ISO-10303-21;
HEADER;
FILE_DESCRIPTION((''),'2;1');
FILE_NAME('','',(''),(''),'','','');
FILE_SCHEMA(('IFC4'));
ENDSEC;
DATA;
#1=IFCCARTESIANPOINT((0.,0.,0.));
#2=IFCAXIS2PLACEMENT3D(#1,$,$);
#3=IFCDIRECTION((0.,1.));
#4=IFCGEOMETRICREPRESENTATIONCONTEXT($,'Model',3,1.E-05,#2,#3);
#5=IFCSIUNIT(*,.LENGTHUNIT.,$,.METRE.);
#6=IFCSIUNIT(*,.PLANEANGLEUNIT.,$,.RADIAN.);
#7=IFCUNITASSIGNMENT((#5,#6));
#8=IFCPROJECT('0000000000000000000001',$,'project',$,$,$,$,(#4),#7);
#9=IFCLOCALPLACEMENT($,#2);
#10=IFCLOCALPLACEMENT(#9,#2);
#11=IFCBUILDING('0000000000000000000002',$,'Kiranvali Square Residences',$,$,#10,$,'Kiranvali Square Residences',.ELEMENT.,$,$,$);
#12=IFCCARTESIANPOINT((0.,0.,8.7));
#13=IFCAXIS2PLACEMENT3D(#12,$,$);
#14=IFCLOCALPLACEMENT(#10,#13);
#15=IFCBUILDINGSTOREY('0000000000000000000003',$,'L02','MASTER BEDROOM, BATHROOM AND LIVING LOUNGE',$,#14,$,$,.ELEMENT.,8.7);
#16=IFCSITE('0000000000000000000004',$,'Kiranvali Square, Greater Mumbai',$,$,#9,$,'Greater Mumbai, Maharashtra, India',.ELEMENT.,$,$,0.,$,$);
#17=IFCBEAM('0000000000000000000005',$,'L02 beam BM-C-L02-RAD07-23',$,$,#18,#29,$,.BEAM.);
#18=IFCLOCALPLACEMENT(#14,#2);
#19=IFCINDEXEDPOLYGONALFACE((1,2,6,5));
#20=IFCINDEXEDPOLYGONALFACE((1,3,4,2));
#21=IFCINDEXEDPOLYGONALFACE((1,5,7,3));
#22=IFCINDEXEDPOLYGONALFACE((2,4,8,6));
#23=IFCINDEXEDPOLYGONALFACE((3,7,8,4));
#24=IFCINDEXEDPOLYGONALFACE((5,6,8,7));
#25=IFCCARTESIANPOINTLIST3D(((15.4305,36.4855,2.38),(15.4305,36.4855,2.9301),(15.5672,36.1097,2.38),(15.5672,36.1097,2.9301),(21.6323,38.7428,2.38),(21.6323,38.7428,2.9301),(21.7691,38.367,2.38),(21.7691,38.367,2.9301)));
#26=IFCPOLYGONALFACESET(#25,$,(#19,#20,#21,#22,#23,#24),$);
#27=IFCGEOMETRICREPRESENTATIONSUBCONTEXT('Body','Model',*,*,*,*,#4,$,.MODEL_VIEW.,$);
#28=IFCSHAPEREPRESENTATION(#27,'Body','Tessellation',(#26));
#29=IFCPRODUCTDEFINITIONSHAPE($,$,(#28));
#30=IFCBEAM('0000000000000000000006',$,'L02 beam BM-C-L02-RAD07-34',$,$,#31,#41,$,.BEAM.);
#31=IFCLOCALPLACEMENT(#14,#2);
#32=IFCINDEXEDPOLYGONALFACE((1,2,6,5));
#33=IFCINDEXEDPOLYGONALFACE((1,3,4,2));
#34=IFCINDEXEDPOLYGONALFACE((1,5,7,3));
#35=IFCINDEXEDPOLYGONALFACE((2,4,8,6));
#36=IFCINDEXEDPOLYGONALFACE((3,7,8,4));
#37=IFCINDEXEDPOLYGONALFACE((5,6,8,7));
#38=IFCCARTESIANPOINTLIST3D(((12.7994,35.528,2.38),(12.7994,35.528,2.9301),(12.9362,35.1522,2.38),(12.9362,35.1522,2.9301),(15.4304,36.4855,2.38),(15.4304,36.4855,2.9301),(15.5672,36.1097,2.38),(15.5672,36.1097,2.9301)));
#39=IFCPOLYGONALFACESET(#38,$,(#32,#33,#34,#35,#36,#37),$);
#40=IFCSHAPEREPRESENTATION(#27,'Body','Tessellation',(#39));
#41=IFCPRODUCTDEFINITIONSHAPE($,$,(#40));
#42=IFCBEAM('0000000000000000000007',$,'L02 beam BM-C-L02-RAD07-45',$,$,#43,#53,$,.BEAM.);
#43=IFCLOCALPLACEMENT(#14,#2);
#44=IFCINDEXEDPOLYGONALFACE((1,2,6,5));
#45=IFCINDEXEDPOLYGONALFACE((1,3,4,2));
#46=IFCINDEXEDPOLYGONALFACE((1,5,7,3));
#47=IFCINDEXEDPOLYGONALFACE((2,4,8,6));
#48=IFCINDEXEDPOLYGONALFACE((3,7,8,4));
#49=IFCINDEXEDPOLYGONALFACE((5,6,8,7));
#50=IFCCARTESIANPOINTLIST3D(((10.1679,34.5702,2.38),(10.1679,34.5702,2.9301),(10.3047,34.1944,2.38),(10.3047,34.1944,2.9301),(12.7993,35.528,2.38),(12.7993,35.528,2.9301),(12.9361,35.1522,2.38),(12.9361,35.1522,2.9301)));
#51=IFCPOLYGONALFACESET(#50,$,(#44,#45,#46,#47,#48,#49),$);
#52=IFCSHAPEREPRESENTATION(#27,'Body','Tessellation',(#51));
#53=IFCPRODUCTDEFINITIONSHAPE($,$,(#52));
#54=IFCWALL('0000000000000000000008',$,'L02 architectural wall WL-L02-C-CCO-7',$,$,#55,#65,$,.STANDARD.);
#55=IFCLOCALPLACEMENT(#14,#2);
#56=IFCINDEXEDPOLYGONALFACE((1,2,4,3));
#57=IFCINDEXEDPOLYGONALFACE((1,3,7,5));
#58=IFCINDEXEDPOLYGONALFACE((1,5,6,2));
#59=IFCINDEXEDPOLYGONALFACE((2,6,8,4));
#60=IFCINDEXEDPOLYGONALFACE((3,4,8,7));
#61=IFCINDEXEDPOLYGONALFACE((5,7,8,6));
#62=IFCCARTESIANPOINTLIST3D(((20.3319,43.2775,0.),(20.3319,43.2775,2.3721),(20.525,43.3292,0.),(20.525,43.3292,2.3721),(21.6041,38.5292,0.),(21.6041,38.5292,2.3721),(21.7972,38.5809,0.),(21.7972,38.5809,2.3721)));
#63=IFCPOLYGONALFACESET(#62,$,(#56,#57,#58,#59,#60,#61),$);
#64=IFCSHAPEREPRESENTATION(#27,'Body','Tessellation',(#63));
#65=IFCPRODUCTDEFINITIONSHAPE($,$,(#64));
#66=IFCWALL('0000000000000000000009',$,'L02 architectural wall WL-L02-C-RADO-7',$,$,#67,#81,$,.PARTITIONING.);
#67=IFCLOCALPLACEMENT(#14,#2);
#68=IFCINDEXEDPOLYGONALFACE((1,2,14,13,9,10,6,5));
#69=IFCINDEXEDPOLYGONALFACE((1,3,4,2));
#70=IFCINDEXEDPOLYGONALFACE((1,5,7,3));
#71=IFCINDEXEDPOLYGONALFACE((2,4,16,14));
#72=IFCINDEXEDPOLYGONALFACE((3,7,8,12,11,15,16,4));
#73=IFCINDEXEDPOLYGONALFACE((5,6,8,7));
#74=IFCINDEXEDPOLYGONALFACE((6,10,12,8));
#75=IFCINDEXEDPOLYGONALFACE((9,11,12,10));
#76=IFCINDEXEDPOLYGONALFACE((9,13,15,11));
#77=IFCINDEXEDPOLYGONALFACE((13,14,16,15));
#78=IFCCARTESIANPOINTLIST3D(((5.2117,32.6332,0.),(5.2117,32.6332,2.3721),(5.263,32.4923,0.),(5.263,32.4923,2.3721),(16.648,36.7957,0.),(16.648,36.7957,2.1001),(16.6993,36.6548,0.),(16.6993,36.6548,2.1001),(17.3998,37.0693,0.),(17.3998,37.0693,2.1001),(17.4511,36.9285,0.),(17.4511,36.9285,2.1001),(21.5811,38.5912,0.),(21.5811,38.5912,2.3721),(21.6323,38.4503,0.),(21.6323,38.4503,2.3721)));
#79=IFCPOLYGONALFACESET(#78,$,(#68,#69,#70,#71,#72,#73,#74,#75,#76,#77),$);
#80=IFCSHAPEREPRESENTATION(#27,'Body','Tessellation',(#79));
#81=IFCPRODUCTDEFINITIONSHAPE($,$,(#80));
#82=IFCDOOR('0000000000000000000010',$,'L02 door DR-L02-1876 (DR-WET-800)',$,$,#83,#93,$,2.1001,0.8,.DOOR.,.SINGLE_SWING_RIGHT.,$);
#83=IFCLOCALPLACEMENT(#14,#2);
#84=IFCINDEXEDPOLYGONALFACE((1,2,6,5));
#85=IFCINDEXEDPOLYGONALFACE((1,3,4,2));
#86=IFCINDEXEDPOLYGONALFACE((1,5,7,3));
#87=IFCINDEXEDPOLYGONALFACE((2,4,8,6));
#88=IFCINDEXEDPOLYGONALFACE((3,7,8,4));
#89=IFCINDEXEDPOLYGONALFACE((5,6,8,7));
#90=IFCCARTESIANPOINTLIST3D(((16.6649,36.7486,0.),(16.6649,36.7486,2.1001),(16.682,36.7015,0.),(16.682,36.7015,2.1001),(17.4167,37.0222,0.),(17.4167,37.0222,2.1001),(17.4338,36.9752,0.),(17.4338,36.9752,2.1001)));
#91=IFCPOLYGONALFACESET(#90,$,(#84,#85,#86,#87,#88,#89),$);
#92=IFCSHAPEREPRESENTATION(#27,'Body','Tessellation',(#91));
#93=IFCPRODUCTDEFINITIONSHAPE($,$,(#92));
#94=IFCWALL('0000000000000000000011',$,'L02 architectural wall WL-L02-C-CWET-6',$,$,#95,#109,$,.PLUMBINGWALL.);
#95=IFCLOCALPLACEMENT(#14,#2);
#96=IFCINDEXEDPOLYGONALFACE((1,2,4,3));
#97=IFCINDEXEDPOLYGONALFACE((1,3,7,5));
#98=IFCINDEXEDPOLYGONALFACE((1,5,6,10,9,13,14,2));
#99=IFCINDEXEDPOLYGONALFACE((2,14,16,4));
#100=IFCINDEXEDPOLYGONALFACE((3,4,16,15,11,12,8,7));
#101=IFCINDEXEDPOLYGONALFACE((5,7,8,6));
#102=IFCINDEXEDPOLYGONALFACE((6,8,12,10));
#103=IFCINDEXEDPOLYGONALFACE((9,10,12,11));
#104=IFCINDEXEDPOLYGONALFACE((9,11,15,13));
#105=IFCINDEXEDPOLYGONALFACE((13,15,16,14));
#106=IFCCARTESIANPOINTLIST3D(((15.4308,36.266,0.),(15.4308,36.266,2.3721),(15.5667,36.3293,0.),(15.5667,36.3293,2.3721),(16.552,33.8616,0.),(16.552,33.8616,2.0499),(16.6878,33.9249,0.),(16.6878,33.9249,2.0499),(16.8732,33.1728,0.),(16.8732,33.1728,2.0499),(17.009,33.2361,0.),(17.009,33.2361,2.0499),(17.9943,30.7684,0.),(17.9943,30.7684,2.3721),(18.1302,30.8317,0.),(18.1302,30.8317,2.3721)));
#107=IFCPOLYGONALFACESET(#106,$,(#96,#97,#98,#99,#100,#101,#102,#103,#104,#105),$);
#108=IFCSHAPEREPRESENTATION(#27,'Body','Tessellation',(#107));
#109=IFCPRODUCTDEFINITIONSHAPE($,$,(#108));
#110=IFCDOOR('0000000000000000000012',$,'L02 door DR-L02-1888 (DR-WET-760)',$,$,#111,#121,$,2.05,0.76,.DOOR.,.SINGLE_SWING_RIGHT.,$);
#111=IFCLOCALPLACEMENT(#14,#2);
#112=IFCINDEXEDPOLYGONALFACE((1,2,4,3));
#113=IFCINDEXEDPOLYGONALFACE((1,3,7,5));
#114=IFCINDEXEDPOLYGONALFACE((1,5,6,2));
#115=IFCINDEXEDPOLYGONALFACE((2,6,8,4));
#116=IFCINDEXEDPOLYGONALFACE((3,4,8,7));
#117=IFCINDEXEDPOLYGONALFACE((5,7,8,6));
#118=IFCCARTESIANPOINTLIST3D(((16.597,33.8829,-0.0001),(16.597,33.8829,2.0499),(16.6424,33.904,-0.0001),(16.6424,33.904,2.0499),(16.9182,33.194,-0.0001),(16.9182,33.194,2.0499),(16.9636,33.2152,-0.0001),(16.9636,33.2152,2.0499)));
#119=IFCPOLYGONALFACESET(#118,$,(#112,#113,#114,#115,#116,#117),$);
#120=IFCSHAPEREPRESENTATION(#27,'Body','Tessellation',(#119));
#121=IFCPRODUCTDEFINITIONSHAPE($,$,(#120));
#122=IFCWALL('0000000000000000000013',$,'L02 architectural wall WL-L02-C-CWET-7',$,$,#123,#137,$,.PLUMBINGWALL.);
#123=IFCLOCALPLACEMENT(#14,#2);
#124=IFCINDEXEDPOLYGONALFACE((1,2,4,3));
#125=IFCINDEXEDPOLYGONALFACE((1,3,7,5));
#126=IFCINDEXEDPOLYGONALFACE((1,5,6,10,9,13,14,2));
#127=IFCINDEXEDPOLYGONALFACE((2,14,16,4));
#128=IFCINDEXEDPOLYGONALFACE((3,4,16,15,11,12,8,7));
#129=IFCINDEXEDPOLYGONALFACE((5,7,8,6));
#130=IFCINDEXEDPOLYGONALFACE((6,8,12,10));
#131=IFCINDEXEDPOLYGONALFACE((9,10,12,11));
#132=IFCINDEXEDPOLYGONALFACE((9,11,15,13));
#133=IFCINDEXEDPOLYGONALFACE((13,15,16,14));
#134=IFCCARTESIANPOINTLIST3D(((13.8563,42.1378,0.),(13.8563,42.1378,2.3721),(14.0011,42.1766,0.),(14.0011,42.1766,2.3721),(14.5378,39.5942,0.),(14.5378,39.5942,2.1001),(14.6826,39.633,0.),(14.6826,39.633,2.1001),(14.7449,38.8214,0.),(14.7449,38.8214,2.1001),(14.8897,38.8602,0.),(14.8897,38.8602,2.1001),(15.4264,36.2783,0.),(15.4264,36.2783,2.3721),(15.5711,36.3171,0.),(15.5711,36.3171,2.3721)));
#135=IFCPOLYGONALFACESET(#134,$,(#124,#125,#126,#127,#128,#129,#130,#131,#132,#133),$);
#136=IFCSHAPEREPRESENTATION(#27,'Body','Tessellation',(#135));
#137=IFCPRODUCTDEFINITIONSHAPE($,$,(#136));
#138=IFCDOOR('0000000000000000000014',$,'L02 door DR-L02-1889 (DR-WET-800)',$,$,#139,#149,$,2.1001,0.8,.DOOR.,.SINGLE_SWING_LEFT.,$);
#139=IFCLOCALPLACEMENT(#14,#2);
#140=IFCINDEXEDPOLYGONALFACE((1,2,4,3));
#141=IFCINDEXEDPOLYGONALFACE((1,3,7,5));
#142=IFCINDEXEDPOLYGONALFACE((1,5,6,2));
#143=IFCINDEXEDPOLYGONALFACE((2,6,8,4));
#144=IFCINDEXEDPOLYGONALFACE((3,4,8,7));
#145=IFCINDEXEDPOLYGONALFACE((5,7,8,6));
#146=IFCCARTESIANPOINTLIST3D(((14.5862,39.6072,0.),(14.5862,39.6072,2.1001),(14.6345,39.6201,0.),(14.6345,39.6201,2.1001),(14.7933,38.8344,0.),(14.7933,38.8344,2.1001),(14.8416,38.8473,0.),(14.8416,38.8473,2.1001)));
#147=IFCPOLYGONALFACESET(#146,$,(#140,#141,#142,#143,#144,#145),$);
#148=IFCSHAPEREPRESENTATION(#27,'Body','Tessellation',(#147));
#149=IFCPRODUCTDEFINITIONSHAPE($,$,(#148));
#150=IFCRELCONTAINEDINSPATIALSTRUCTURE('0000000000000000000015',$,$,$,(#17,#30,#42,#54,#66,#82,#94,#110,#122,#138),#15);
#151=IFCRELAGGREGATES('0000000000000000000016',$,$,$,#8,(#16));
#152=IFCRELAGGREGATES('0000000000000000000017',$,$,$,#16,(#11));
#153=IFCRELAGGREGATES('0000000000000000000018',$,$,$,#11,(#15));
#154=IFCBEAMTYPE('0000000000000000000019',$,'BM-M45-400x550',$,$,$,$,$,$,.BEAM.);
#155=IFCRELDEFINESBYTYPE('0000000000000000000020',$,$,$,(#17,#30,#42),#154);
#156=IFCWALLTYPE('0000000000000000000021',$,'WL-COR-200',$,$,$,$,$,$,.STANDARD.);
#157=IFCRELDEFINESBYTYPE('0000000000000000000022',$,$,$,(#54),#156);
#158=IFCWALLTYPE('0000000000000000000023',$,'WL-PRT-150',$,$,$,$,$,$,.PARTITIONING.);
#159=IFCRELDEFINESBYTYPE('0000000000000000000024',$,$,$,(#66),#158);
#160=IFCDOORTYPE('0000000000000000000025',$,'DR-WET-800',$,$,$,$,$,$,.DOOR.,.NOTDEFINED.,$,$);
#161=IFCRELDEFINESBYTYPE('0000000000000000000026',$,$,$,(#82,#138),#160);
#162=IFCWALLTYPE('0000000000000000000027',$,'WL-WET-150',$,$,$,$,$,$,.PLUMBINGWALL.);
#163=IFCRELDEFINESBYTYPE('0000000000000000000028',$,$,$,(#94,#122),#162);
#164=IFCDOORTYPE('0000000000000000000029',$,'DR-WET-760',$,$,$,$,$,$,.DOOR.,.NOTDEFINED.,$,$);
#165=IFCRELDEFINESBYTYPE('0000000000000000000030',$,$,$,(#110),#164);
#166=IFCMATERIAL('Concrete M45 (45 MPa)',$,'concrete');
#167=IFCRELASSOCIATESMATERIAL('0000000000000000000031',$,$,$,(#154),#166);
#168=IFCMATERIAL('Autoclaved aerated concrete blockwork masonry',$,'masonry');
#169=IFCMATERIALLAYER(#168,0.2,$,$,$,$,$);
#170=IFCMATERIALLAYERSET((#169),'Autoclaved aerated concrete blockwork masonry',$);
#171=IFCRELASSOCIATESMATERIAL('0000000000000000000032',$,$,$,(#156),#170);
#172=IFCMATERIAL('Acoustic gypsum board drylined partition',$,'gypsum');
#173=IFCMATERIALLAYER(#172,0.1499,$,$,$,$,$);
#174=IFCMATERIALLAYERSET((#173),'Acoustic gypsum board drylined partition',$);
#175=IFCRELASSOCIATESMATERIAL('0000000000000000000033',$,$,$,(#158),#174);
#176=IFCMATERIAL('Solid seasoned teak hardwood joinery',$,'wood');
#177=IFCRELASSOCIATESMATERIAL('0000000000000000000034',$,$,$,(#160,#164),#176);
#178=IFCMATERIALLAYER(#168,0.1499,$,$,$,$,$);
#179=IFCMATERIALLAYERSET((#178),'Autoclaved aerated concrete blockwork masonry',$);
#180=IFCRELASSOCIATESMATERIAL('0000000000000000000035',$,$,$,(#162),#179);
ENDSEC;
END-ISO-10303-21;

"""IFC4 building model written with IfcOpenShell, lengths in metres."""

from ifc_helpers import new_model, si_unit, direction, frame, frame_2d, origin, origin_2d, place, context, subcontext, project, spatial, rectangle, extrude, material, layer, layer_set, material_profile, profile_set, type_object, element, fill, save


model = new_model("IFC4")

# Units and contexts
model_context = context("Model", 3, precision=1e-05, world=origin(), true_north=direction((0.0, 1.0)))
body_context = subcontext(model_context, "Body", "Model", "MODEL_VIEW")
ifc_project = project(units=[si_unit("LENGTHUNIT", "METRE"), si_unit("PLANEANGLEUNIT", "RADIAN")], contexts=[model_context])

# Site, building, storey
site_placement = place(None, origin())
site = spatial("IfcSite", under=ifc_project, at=site_placement, Name="Kiranvali Square, Greater Mumbai", LongName="Greater Mumbai, Maharashtra, India", CompositionType="ELEMENT", RefElevation=0.0)
building_placement = place(site_placement, origin())
building = spatial("IfcBuilding", under=site, at=building_placement, Name="Kiranvali Square Residences", LongName="Kiranvali Square Residences", CompositionType="ELEMENT")
storey_placement = place(building_placement, frame((0.0, 0.0, 8.7)))
storey = spatial("IfcBuildingStorey", under=building, at=storey_placement, Name="L02", Description="MASTER BEDROOM, BATHROOM AND LIVING LOUNGE", CompositionType="ELEMENT", Elevation=8.7)

# Shared definitions
ifc_material_1 = material(Name="Concrete M45 (45 MPa)", Category="concrete")

# Beams
ifc_material_profile_1 = material_profile(ifc_material_1, rectangle(XDim=0.3999, YDim=0.55, at=origin_2d()), Name="RC 400x550")
ifc_profile_set_1 = profile_set([ifc_material_profile_1], Name="Concrete M45 (45 MPa)")
beam_type = type_object("IfcBeamType", Name="BM-M45-400x550", PredefinedType="BEAM", material=ifc_profile_set_1)
beam_1_placement = place(storey_placement, frame((21.7007, 38.5549, 2.655), z_axis=(-0.939692, -0.342022, 0.0), x_axis=(0.342022, -0.939692, 0.0)))
element("IfcBeam", 1, at=beam_1_placement, inside=storey, type_object=beam_type, Name="L02 beam BM-C-L02-RAD07-23", PredefinedType="BEAM", context=body_context, shape_type="SweptSolid", body=[
    extrude(rectangle(XDim=0.3999, YDim=0.55, at=origin_2d()), origin(), (0.0, 0.0, 1.0), 6.5999),
])
beam_2_placement = place(storey_placement, frame((15.4988, 36.2976, 2.655), z_axis=(-0.939707, -0.341981, 0.0), x_axis=(0.341981, -0.939707, 0.0)))
element("IfcBeam", 2, at=beam_2_placement, inside=storey, type_object=beam_type, Name="L02 beam BM-C-L02-RAD07-34", PredefinedType="BEAM", context=body_context, shape_type="SweptSolid", body=[
    extrude(rectangle(XDim=0.3999, YDim=0.55, at=origin_2d()), origin(), (0.0, 0.0, 1.0), 2.7998),
])
beam_3_placement = place(storey_placement, frame((12.8677, 35.3401, 2.655), z_axis=(-0.939689, -0.34203, 0.0), x_axis=(0.34203, -0.939689, 0.0)))
element("IfcBeam", 3, at=beam_3_placement, inside=storey, type_object=beam_type, Name="L02 beam BM-C-L02-RAD07-45", PredefinedType="BEAM", context=body_context, shape_type="SweptSolid", body=[
    extrude(rectangle(XDim=0.3999, YDim=0.55, at=origin_2d()), origin(), (0.0, 0.0, 1.0), 2.8003),
])

# Wall
ifc_material_2 = material(Name="Autoclaved aerated concrete blockwork masonry", Category="masonry")
ifc_layer_1 = layer(ifc_material_2, 0.2)
ifc_layer_set_1 = layer_set([ifc_layer_1], Name="Autoclaved aerated concrete blockwork masonry")
wall_type_1 = type_object("IfcWallType", Name="WL-COR-200", PredefinedType="STANDARD", material=ifc_layer_set_1)
wall_1_placement = place(storey_placement, frame((21.7007, 38.5549, 0.0), z_axis=(0.0, 0.0, 1.0), x_axis=(-0.258803, 0.96593, 0.0)))
element("IfcWall", 4, at=wall_1_placement, inside=storey, type_object=wall_type_1, Name="L02 architectural wall WL-L02-C-CCO-7", PredefinedType="STANDARD", context=body_context, shape_type="SweptSolid", body=[
    extrude(rectangle(XDim=4.9158, YDim=0.2, at=frame_2d((2.458, 0.0))), origin(), (0.0, 0.0, 1.0), 2.3721),
])

# Walls, openings, doors
ifc_material_3 = material(Name="Acoustic gypsum board drylined partition", Category="gypsum")
ifc_layer_2 = layer(ifc_material_3, 0.1499)
ifc_layer_set_2 = layer_set([ifc_layer_2], Name="Acoustic gypsum board drylined partition")
wall_type_2 = type_object("IfcWallType", Name="WL-PRT-150", PredefinedType="PARTITIONING", material=ifc_layer_set_2)
wall_2_placement = place(storey_placement, frame((21.6067, 38.5208, 0.0), z_axis=(0.0, 0.0, 1.0), x_axis=(-0.939692, -0.342022, 0.0)))
wall_2 = element("IfcWall", 5, at=wall_2_placement, inside=storey, type_object=wall_type_2, Name="L02 architectural wall WL-L02-C-RADO-7", PredefinedType="PARTITIONING", context=body_context, shape_type="SweptSolid", body=[
    extrude(rectangle(XDim=17.4199, YDim=0.1499, at=frame_2d((8.71, 0.0))), origin(), (0.0, 0.0, 1.0), 2.3721),
])
opening_1_placement = place(wall_2_placement, frame((4.4497, 0.0, 0.0)))
opening_1 = element("IfcOpeningElement", 6, at=opening_1_placement, cuts=wall_2, PredefinedType="OPENING", context=body_context, shape_type="SweptSolid", body=[
    extrude(rectangle(XDim=0.8, YDim=2.1001, at=frame_2d((0.3999, 1.05))), frame((0.0, 0.085, 0.0), z_axis=(0.0, -1.0, 0.0), x_axis=(1.0, 0.0, 0.0)), (0.0, 0.0, 1.0), 0.1699),
])
ifc_material_4 = material(Name="Solid seasoned teak hardwood joinery", Category="wood")
door_type_1 = type_object("IfcDoorType", Name="DR-WET-800", OperationType="NOTDEFINED", PredefinedType="DOOR", material=ifc_material_4)
door_1_placement = place(opening_1_placement, frame((0.8, 0.0, 0.0), z_axis=(0.0, 0.0, 1.0), x_axis=(-1.0, 0.0, 0.0)))
door_1 = element("IfcDoor", 7, at=door_1_placement, inside=storey, type_object=door_type_1, Name="L02 door DR-L02-1876 (DR-WET-800)", OperationType="SINGLE_SWING_RIGHT", OverallHeight=2.1001, OverallWidth=0.8, PredefinedType="DOOR", context=body_context, shape_type="SweptSolid", body=[
    extrude(rectangle(XDim=0.8, YDim=2.1001, at=frame_2d((0.3999, 1.05))), frame((0.0, 0.0249, 0.0), z_axis=(0.0, -1.0, 0.0), x_axis=(1.0, 0.0, 0.0)), (0.0, 0.0, 1.0), 0.05),
])
fill(opening_1, door_1)
ifc_layer_3 = layer(ifc_material_2, 0.1499)
ifc_layer_set_3 = layer_set([ifc_layer_3], Name="Autoclaved aerated concrete blockwork masonry")
wall_type_3 = type_object("IfcWallType", Name="WL-WET-150", PredefinedType="PLUMBINGWALL", material=ifc_layer_set_3)
wall_3_placement = place(storey_placement, frame((18.0623, 30.8, 0.0), z_axis=(0.0, 0.0, 1.0), x_axis=(-0.422608, 0.906313, 0.0)))
wall_3 = element("IfcWall", 8, at=wall_3_placement, inside=storey, type_object=wall_type_3, Name="L02 architectural wall WL-L02-C-CWET-6", PredefinedType="PLUMBINGWALL", context=body_context, shape_type="SweptSolid", body=[
    extrude(rectangle(XDim=6.0659, YDim=0.1499, at=frame_2d((3.033, 0.0))), origin(), (0.0, 0.0, 1.0), 2.3721),
])
opening_2_placement = place(wall_3_placement, frame((2.6531, 0.0, 0.0)))
opening_2 = element("IfcOpeningElement", 9, at=opening_2_placement, cuts=wall_3, PredefinedType="OPENING", context=body_context, shape_type="SweptSolid", body=[
    extrude(rectangle(XDim=0.76, YDim=2.05, at=frame_2d((0.3799, 1.0249))), frame((0.0, 0.085, 0.0), z_axis=(0.0, -1.0, 0.0), x_axis=(1.0, 0.0, 0.0)), (0.0, 0.0, 1.0), 0.1699),
])
door_type_2 = type_object("IfcDoorType", Name="DR-WET-760", OperationType="NOTDEFINED", PredefinedType="DOOR", material=ifc_material_4)
door_2_placement = place(opening_2_placement, frame((0.76, 0.0, 0.0), z_axis=(0.0, 0.0, 1.0), x_axis=(-1.0, 0.0, 0.0)))
door_2 = element("IfcDoor", 10, at=door_2_placement, inside=storey, type_object=door_type_2, Name="L02 door DR-L02-1888 (DR-WET-760)", OperationType="SINGLE_SWING_RIGHT", OverallHeight=2.05, OverallWidth=0.76, PredefinedType="DOOR", context=body_context, shape_type="SweptSolid", body=[
    extrude(rectangle(XDim=0.76, YDim=2.05, at=frame_2d((0.3799, 1.0249))), frame((0.0, 0.0249, 0.0), z_axis=(0.0, -1.0, 0.0), x_axis=(1.0, 0.0, 0.0)), (0.0, 0.0, 1.0), 0.05),
])
fill(opening_2, door_2)
wall_4_placement = place(storey_placement, frame((15.4988, 36.2976, 0.0), z_axis=(0.0, 0.0, 1.0), x_axis=(-0.258827, 0.965924, 0.0)))
wall_4 = element("IfcWall", 11, at=wall_4_placement, inside=storey, type_object=wall_type_3, Name="L02 architectural wall WL-L02-C-CWET-7", PredefinedType="PLUMBINGWALL", context=body_context, shape_type="SweptSolid", body=[
    extrude(rectangle(XDim=6.0662, YDim=0.1499, at=frame_2d((3.0332, 0.0))), origin(), (0.0, 0.0, 1.0), 2.3721),
])
opening_3_placement = place(wall_4_placement, frame((2.6331, 0.0, 0.0)))
opening_3 = element("IfcOpeningElement", 12, at=opening_3_placement, cuts=wall_4, PredefinedType="OPENING", context=body_context, shape_type="SweptSolid", body=[
    extrude(rectangle(XDim=0.8, YDim=2.1001, at=frame_2d((0.3999, 1.05))), frame((0.0, 0.085, 0.0), z_axis=(0.0, -1.0, 0.0), x_axis=(1.0, 0.0, 0.0)), (0.0, 0.0, 1.0), 0.1699),
])
door_3_placement = place(opening_3_placement, origin())
door_3 = element("IfcDoor", 13, at=door_3_placement, inside=storey, type_object=door_type_1, Name="L02 door DR-L02-1889 (DR-WET-800)", OperationType="SINGLE_SWING_LEFT", OverallHeight=2.1001, OverallWidth=0.8, PredefinedType="DOOR", context=body_context, shape_type="SweptSolid", body=[
    extrude(rectangle(XDim=0.8, YDim=2.1001, at=frame_2d((0.3999, 1.05))), frame((0.0, 0.0249, 0.0), z_axis=(0.0, -1.0, 0.0), x_axis=(1.0, 0.0, 0.0)), (0.0, 0.0, 1.0), 0.05),
])
fill(opening_3, door_3)

save(model, "model.ifc")
